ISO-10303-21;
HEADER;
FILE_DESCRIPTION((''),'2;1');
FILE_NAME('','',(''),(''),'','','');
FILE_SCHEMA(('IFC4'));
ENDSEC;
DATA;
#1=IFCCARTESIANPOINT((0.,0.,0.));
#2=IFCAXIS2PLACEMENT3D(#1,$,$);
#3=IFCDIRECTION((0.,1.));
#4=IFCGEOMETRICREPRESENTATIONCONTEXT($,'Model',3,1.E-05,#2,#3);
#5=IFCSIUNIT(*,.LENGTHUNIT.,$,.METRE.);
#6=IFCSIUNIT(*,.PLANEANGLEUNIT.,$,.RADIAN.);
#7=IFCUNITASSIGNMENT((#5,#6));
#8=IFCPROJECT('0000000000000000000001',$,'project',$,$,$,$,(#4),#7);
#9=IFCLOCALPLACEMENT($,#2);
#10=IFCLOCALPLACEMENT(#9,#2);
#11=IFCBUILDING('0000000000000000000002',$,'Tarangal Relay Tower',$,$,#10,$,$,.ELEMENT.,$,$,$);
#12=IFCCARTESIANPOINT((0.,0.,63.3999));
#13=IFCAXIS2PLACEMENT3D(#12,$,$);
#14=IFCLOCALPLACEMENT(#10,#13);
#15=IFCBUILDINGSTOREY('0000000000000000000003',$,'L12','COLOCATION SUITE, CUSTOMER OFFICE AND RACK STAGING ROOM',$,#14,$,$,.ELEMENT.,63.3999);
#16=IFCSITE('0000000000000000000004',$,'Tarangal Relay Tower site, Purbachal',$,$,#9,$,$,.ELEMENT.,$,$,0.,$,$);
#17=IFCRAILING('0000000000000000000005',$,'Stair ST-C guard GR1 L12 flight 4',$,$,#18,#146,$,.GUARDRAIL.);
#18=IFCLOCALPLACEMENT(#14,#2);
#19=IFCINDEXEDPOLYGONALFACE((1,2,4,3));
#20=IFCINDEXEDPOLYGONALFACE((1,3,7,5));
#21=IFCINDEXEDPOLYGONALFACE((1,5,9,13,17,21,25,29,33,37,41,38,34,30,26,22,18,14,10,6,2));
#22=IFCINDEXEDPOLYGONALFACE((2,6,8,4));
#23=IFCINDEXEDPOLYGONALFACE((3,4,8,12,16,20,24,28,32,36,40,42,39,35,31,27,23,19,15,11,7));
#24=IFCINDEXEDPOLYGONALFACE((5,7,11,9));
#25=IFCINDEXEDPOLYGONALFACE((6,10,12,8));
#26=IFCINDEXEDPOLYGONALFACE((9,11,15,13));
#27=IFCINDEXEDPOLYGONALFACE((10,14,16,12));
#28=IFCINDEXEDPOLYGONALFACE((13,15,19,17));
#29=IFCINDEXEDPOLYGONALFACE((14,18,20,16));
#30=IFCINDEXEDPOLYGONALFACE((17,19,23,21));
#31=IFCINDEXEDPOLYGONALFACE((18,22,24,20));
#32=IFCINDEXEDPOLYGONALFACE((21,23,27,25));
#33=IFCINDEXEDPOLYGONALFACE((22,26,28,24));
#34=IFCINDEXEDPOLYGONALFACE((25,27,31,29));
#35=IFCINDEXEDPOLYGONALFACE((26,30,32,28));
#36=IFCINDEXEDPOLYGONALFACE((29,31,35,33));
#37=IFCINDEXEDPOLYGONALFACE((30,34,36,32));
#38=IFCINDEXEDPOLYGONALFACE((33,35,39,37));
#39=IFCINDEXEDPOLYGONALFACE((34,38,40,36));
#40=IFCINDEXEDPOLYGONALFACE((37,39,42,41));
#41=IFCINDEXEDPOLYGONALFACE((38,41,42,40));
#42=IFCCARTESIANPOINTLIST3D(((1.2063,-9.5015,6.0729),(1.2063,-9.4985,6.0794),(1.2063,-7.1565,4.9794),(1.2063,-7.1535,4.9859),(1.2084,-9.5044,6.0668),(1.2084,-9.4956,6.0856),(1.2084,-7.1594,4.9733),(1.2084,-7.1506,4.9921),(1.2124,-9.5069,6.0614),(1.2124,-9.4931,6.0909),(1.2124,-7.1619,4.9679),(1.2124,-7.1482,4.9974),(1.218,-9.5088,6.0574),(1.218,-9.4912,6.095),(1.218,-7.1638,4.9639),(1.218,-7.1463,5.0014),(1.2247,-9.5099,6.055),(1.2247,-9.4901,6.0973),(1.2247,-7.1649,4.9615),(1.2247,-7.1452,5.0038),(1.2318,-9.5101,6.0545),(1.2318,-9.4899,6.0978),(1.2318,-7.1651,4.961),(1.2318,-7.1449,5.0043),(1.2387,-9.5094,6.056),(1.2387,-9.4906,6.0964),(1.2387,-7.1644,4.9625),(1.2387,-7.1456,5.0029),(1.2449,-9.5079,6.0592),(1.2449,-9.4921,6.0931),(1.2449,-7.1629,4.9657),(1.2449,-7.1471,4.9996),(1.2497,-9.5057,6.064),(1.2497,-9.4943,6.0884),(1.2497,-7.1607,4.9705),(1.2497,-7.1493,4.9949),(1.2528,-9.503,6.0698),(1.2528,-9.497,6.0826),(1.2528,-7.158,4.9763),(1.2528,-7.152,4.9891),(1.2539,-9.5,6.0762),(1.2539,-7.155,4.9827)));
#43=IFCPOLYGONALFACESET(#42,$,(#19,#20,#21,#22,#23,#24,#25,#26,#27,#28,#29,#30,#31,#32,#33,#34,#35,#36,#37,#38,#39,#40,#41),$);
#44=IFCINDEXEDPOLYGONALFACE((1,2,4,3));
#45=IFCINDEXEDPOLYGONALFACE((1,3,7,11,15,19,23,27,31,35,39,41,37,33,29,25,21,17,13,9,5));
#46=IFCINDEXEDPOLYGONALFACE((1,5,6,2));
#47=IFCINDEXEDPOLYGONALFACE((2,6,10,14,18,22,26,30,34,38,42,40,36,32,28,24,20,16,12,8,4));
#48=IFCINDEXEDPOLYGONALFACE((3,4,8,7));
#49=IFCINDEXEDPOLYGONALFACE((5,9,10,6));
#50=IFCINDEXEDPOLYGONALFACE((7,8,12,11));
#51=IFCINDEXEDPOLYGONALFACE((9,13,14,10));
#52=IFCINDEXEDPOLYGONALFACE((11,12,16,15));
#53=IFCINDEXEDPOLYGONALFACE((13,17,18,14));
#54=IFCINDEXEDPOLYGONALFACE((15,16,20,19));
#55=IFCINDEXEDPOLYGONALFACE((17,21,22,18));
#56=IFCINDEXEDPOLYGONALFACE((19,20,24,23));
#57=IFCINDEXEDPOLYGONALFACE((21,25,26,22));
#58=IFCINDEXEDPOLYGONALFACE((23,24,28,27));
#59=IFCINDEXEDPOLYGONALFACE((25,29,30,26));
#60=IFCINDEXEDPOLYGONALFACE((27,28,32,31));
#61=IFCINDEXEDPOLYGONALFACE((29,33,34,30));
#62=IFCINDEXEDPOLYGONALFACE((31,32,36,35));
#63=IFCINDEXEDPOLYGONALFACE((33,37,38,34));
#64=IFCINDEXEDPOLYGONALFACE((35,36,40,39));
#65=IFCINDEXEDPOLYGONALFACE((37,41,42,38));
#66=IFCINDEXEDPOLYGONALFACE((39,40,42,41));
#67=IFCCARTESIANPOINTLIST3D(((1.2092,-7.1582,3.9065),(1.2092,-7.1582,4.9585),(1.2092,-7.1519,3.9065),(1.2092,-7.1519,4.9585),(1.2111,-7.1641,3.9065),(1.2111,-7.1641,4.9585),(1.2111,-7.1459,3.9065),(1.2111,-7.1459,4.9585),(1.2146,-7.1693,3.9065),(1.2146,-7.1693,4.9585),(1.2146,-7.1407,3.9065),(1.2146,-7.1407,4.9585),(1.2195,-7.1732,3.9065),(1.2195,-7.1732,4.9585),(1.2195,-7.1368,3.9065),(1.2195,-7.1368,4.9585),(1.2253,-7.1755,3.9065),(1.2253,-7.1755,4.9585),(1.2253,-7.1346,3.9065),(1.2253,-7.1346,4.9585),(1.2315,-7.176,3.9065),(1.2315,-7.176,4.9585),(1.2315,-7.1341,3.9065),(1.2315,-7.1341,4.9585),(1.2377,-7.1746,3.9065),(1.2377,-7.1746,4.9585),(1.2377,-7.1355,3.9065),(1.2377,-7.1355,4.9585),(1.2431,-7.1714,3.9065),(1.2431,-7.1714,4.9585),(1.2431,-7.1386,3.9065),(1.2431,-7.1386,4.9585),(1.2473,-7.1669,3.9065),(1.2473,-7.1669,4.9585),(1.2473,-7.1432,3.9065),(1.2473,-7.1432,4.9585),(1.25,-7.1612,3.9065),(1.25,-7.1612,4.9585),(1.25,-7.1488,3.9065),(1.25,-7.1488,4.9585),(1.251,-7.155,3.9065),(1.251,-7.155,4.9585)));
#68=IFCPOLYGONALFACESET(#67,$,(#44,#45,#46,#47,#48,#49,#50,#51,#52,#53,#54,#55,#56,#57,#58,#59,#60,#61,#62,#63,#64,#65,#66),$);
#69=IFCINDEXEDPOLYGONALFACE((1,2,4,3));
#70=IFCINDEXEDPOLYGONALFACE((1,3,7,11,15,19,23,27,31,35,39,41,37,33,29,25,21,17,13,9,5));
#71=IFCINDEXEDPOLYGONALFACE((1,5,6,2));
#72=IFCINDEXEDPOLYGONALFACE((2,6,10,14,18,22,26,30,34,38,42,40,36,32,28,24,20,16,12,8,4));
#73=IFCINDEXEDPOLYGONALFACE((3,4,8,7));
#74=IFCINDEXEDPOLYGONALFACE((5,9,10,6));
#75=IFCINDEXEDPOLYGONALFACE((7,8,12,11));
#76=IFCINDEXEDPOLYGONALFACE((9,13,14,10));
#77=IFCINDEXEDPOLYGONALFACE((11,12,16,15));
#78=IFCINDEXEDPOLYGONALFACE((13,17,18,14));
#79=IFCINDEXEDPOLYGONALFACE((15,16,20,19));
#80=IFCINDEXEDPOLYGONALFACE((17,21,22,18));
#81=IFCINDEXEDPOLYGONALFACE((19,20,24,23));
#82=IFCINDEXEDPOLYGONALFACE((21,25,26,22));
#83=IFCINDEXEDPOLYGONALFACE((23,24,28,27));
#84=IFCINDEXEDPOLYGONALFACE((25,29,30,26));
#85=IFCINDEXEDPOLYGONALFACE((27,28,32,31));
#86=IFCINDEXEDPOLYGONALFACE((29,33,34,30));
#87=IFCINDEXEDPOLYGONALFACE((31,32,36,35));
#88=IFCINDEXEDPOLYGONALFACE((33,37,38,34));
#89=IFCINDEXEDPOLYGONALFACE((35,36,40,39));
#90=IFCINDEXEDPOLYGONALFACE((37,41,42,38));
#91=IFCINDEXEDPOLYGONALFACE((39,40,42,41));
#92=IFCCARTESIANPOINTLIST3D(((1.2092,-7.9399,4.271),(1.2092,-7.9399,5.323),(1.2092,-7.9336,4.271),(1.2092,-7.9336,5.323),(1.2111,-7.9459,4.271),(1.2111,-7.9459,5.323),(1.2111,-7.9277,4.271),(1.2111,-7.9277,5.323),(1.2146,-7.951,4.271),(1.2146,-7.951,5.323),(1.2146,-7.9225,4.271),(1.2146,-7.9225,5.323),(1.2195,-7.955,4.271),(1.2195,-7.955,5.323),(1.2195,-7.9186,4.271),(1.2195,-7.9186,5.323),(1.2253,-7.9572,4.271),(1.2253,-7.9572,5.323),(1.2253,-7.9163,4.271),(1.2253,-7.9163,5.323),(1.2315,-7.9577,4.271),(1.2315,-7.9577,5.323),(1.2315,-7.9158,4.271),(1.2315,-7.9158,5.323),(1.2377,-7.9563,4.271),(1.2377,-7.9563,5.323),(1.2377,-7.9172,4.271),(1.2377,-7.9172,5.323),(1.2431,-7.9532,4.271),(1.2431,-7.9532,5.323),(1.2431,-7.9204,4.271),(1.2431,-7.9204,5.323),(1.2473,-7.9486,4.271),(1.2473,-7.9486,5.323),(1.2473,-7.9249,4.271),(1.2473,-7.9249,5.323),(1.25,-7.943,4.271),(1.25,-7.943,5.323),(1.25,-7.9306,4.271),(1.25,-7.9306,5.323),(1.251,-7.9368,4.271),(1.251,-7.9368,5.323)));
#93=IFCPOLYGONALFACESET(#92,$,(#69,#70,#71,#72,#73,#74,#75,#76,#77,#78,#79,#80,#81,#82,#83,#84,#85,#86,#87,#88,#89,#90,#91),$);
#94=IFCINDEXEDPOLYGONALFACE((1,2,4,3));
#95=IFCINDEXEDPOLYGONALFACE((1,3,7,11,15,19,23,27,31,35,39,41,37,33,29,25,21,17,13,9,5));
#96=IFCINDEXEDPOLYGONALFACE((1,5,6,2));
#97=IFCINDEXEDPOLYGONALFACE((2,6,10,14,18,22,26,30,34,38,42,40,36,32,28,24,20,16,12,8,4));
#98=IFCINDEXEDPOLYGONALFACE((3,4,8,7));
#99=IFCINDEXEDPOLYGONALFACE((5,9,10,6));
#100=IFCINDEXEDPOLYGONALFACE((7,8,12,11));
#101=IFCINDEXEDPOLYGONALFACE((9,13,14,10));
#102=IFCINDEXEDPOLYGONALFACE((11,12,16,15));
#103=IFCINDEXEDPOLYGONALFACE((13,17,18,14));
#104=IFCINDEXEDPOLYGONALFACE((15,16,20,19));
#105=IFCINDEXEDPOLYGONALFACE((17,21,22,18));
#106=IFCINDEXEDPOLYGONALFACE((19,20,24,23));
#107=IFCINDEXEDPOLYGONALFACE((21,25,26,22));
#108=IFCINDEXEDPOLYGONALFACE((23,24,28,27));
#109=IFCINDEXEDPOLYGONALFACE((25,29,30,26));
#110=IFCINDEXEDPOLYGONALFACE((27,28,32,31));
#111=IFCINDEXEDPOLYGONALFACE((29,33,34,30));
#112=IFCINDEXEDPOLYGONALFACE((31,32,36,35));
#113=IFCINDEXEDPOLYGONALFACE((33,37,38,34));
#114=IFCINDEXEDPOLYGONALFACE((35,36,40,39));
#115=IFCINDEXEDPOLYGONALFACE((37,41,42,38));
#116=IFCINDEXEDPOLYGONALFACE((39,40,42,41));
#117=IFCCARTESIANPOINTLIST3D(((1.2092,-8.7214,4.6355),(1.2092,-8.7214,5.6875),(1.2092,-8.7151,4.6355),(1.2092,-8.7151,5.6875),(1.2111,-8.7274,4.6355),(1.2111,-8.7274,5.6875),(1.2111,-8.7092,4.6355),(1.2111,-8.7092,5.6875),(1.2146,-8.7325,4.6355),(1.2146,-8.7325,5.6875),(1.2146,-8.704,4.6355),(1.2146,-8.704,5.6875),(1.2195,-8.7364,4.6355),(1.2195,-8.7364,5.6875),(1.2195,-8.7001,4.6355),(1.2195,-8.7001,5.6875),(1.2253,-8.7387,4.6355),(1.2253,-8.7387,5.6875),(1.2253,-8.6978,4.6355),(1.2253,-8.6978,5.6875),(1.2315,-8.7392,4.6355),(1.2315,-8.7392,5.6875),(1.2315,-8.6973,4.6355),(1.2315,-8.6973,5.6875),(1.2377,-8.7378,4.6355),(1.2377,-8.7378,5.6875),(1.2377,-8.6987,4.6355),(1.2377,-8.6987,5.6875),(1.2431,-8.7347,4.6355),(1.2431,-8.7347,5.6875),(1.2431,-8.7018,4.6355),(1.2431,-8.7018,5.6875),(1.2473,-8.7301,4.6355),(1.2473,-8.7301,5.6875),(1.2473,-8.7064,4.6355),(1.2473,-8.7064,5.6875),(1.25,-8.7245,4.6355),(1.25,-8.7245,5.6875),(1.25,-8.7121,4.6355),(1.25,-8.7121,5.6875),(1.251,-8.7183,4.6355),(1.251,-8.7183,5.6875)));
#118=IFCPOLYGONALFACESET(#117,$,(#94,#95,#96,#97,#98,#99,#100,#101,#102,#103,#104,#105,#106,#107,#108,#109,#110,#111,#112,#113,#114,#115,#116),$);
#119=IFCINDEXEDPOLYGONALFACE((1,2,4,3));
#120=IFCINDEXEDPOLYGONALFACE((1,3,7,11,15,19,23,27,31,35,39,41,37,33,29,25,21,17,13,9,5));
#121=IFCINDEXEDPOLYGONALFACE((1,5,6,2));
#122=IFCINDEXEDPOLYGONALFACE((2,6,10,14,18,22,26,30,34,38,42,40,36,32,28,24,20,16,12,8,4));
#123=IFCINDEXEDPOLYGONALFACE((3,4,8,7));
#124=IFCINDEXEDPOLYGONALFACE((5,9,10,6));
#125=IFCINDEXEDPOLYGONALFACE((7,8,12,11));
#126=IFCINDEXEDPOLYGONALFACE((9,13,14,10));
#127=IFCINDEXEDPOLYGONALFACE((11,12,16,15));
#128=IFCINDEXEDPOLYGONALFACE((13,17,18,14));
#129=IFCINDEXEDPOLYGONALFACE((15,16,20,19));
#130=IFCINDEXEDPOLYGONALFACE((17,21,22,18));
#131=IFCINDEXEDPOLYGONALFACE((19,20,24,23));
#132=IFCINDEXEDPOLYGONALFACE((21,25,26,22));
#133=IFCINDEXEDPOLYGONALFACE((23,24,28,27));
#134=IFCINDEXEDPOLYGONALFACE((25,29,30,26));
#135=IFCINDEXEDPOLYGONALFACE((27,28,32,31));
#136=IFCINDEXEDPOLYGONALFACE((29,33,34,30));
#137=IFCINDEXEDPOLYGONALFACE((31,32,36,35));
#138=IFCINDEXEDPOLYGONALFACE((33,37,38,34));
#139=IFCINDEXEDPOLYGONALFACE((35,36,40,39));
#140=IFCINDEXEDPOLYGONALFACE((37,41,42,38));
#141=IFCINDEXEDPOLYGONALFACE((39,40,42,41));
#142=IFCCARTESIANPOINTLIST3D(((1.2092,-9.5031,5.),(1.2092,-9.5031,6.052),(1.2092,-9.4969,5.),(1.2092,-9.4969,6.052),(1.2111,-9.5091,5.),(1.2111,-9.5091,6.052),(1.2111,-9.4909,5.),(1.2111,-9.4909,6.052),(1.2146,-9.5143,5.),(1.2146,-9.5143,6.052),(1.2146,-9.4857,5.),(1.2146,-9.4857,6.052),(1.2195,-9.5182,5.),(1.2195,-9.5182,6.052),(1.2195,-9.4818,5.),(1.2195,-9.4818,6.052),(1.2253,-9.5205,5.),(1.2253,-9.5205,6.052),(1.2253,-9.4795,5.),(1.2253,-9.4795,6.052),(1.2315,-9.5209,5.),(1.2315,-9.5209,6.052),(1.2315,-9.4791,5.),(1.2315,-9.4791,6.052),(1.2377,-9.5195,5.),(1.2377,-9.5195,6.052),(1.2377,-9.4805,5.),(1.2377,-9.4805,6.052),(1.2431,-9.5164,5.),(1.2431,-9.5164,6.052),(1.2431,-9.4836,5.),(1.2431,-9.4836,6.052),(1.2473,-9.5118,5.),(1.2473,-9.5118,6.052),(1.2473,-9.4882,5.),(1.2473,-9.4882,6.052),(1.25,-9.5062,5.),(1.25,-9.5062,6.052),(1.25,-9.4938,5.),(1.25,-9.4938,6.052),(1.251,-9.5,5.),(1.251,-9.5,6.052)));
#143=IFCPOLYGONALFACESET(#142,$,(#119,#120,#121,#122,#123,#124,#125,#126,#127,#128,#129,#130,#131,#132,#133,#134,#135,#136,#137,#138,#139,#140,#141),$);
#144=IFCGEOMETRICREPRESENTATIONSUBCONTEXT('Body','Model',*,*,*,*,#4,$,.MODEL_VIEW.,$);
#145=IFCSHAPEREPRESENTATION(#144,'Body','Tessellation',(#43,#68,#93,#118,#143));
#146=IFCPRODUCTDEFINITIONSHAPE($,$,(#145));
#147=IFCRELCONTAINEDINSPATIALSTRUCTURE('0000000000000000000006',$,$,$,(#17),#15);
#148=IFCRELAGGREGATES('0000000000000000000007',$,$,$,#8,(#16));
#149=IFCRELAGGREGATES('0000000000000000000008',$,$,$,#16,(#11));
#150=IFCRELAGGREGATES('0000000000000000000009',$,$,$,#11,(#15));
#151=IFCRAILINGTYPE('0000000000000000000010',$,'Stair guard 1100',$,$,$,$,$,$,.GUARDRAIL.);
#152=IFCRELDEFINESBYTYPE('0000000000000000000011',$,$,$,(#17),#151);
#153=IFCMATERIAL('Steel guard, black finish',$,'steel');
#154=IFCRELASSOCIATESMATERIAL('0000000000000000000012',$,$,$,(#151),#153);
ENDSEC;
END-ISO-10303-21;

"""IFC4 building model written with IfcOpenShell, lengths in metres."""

from ifc_helpers import new_model, si_unit, direction, frame, origin, origin_2d, place, context, subcontext, project, spatial, circle, extrude, material, type_object, element, save


model = new_model("IFC4")

# Units and contexts
model_context = context("Model", 3, precision=1e-05, world=origin(), true_north=direction((0.0, 1.0)))
body_context = subcontext(model_context, "Body", "Model", "MODEL_VIEW")
ifc_project = project(units=[si_unit("LENGTHUNIT", "METRE"), si_unit("PLANEANGLEUNIT", "RADIAN")], contexts=[model_context])

# Site, building, storey
site_placement = place(None, origin())
site = spatial("IfcSite", under=ifc_project, at=site_placement, Name="Tarangal Relay Tower site, Purbachal", CompositionType="ELEMENT", RefElevation=0.0)
building_placement = place(site_placement, origin())
building = spatial("IfcBuilding", under=site, at=building_placement, Name="Tarangal Relay Tower", CompositionType="ELEMENT")
storey_placement = place(building_placement, frame((0.0, 0.0, 63.3999)))
storey = spatial("IfcBuildingStorey", under=building, at=storey_placement, Name="L12", Description="COLOCATION SUITE, CUSTOMER OFFICE AND RACK STAGING ROOM", CompositionType="ELEMENT", Elevation=63.3999)

# Railing
ifc_material_1 = material(Name="Steel guard, black finish", Category="steel")
railing_type_1 = type_object("IfcRailingType", Name="Stair guard 1100", PredefinedType="GUARDRAIL", material=ifc_material_1)
for number, where, name in (
    (1, (1.23, -7.155, 3.9065), "Stair ST-C guard GR1 L12 flight 4"),
):
    element("IfcRailing", number, at=place(storey_placement, frame(where)), inside=storey, type_object=railing_type_1, Name=name, PredefinedType="GUARDRAIL", context=body_context, shape_type="SweptSolid", body=[
        extrude(circle(Radius=0.0239, at=origin_2d()), frame((0.0, 0.0, 1.0762), z_axis=(0.0, -0.906304, 0.422627), x_axis=(1.0, 0.0, 0.0)), (0.0, 0.0, 1.0), 2.5874),
        extrude(circle(Radius=0.021, at=origin_2d()), origin(), (0.0, 0.0, 1.0), 1.052),
        extrude(circle(Radius=0.021, at=origin_2d()), frame((0.0, -0.7817, 0.3645)), (0.0, 0.0, 1.0), 1.052),
        extrude(circle(Radius=0.021, at=origin_2d()), frame((0.0, -1.5632, 0.729)), (0.0, 0.0, 1.0), 1.052),
        extrude(circle(Radius=0.021, at=origin_2d()), frame((0.0, -2.345, 1.0935)), (0.0, 0.0, 1.0), 1.052),
    ])

save(model, "model.ifc")
